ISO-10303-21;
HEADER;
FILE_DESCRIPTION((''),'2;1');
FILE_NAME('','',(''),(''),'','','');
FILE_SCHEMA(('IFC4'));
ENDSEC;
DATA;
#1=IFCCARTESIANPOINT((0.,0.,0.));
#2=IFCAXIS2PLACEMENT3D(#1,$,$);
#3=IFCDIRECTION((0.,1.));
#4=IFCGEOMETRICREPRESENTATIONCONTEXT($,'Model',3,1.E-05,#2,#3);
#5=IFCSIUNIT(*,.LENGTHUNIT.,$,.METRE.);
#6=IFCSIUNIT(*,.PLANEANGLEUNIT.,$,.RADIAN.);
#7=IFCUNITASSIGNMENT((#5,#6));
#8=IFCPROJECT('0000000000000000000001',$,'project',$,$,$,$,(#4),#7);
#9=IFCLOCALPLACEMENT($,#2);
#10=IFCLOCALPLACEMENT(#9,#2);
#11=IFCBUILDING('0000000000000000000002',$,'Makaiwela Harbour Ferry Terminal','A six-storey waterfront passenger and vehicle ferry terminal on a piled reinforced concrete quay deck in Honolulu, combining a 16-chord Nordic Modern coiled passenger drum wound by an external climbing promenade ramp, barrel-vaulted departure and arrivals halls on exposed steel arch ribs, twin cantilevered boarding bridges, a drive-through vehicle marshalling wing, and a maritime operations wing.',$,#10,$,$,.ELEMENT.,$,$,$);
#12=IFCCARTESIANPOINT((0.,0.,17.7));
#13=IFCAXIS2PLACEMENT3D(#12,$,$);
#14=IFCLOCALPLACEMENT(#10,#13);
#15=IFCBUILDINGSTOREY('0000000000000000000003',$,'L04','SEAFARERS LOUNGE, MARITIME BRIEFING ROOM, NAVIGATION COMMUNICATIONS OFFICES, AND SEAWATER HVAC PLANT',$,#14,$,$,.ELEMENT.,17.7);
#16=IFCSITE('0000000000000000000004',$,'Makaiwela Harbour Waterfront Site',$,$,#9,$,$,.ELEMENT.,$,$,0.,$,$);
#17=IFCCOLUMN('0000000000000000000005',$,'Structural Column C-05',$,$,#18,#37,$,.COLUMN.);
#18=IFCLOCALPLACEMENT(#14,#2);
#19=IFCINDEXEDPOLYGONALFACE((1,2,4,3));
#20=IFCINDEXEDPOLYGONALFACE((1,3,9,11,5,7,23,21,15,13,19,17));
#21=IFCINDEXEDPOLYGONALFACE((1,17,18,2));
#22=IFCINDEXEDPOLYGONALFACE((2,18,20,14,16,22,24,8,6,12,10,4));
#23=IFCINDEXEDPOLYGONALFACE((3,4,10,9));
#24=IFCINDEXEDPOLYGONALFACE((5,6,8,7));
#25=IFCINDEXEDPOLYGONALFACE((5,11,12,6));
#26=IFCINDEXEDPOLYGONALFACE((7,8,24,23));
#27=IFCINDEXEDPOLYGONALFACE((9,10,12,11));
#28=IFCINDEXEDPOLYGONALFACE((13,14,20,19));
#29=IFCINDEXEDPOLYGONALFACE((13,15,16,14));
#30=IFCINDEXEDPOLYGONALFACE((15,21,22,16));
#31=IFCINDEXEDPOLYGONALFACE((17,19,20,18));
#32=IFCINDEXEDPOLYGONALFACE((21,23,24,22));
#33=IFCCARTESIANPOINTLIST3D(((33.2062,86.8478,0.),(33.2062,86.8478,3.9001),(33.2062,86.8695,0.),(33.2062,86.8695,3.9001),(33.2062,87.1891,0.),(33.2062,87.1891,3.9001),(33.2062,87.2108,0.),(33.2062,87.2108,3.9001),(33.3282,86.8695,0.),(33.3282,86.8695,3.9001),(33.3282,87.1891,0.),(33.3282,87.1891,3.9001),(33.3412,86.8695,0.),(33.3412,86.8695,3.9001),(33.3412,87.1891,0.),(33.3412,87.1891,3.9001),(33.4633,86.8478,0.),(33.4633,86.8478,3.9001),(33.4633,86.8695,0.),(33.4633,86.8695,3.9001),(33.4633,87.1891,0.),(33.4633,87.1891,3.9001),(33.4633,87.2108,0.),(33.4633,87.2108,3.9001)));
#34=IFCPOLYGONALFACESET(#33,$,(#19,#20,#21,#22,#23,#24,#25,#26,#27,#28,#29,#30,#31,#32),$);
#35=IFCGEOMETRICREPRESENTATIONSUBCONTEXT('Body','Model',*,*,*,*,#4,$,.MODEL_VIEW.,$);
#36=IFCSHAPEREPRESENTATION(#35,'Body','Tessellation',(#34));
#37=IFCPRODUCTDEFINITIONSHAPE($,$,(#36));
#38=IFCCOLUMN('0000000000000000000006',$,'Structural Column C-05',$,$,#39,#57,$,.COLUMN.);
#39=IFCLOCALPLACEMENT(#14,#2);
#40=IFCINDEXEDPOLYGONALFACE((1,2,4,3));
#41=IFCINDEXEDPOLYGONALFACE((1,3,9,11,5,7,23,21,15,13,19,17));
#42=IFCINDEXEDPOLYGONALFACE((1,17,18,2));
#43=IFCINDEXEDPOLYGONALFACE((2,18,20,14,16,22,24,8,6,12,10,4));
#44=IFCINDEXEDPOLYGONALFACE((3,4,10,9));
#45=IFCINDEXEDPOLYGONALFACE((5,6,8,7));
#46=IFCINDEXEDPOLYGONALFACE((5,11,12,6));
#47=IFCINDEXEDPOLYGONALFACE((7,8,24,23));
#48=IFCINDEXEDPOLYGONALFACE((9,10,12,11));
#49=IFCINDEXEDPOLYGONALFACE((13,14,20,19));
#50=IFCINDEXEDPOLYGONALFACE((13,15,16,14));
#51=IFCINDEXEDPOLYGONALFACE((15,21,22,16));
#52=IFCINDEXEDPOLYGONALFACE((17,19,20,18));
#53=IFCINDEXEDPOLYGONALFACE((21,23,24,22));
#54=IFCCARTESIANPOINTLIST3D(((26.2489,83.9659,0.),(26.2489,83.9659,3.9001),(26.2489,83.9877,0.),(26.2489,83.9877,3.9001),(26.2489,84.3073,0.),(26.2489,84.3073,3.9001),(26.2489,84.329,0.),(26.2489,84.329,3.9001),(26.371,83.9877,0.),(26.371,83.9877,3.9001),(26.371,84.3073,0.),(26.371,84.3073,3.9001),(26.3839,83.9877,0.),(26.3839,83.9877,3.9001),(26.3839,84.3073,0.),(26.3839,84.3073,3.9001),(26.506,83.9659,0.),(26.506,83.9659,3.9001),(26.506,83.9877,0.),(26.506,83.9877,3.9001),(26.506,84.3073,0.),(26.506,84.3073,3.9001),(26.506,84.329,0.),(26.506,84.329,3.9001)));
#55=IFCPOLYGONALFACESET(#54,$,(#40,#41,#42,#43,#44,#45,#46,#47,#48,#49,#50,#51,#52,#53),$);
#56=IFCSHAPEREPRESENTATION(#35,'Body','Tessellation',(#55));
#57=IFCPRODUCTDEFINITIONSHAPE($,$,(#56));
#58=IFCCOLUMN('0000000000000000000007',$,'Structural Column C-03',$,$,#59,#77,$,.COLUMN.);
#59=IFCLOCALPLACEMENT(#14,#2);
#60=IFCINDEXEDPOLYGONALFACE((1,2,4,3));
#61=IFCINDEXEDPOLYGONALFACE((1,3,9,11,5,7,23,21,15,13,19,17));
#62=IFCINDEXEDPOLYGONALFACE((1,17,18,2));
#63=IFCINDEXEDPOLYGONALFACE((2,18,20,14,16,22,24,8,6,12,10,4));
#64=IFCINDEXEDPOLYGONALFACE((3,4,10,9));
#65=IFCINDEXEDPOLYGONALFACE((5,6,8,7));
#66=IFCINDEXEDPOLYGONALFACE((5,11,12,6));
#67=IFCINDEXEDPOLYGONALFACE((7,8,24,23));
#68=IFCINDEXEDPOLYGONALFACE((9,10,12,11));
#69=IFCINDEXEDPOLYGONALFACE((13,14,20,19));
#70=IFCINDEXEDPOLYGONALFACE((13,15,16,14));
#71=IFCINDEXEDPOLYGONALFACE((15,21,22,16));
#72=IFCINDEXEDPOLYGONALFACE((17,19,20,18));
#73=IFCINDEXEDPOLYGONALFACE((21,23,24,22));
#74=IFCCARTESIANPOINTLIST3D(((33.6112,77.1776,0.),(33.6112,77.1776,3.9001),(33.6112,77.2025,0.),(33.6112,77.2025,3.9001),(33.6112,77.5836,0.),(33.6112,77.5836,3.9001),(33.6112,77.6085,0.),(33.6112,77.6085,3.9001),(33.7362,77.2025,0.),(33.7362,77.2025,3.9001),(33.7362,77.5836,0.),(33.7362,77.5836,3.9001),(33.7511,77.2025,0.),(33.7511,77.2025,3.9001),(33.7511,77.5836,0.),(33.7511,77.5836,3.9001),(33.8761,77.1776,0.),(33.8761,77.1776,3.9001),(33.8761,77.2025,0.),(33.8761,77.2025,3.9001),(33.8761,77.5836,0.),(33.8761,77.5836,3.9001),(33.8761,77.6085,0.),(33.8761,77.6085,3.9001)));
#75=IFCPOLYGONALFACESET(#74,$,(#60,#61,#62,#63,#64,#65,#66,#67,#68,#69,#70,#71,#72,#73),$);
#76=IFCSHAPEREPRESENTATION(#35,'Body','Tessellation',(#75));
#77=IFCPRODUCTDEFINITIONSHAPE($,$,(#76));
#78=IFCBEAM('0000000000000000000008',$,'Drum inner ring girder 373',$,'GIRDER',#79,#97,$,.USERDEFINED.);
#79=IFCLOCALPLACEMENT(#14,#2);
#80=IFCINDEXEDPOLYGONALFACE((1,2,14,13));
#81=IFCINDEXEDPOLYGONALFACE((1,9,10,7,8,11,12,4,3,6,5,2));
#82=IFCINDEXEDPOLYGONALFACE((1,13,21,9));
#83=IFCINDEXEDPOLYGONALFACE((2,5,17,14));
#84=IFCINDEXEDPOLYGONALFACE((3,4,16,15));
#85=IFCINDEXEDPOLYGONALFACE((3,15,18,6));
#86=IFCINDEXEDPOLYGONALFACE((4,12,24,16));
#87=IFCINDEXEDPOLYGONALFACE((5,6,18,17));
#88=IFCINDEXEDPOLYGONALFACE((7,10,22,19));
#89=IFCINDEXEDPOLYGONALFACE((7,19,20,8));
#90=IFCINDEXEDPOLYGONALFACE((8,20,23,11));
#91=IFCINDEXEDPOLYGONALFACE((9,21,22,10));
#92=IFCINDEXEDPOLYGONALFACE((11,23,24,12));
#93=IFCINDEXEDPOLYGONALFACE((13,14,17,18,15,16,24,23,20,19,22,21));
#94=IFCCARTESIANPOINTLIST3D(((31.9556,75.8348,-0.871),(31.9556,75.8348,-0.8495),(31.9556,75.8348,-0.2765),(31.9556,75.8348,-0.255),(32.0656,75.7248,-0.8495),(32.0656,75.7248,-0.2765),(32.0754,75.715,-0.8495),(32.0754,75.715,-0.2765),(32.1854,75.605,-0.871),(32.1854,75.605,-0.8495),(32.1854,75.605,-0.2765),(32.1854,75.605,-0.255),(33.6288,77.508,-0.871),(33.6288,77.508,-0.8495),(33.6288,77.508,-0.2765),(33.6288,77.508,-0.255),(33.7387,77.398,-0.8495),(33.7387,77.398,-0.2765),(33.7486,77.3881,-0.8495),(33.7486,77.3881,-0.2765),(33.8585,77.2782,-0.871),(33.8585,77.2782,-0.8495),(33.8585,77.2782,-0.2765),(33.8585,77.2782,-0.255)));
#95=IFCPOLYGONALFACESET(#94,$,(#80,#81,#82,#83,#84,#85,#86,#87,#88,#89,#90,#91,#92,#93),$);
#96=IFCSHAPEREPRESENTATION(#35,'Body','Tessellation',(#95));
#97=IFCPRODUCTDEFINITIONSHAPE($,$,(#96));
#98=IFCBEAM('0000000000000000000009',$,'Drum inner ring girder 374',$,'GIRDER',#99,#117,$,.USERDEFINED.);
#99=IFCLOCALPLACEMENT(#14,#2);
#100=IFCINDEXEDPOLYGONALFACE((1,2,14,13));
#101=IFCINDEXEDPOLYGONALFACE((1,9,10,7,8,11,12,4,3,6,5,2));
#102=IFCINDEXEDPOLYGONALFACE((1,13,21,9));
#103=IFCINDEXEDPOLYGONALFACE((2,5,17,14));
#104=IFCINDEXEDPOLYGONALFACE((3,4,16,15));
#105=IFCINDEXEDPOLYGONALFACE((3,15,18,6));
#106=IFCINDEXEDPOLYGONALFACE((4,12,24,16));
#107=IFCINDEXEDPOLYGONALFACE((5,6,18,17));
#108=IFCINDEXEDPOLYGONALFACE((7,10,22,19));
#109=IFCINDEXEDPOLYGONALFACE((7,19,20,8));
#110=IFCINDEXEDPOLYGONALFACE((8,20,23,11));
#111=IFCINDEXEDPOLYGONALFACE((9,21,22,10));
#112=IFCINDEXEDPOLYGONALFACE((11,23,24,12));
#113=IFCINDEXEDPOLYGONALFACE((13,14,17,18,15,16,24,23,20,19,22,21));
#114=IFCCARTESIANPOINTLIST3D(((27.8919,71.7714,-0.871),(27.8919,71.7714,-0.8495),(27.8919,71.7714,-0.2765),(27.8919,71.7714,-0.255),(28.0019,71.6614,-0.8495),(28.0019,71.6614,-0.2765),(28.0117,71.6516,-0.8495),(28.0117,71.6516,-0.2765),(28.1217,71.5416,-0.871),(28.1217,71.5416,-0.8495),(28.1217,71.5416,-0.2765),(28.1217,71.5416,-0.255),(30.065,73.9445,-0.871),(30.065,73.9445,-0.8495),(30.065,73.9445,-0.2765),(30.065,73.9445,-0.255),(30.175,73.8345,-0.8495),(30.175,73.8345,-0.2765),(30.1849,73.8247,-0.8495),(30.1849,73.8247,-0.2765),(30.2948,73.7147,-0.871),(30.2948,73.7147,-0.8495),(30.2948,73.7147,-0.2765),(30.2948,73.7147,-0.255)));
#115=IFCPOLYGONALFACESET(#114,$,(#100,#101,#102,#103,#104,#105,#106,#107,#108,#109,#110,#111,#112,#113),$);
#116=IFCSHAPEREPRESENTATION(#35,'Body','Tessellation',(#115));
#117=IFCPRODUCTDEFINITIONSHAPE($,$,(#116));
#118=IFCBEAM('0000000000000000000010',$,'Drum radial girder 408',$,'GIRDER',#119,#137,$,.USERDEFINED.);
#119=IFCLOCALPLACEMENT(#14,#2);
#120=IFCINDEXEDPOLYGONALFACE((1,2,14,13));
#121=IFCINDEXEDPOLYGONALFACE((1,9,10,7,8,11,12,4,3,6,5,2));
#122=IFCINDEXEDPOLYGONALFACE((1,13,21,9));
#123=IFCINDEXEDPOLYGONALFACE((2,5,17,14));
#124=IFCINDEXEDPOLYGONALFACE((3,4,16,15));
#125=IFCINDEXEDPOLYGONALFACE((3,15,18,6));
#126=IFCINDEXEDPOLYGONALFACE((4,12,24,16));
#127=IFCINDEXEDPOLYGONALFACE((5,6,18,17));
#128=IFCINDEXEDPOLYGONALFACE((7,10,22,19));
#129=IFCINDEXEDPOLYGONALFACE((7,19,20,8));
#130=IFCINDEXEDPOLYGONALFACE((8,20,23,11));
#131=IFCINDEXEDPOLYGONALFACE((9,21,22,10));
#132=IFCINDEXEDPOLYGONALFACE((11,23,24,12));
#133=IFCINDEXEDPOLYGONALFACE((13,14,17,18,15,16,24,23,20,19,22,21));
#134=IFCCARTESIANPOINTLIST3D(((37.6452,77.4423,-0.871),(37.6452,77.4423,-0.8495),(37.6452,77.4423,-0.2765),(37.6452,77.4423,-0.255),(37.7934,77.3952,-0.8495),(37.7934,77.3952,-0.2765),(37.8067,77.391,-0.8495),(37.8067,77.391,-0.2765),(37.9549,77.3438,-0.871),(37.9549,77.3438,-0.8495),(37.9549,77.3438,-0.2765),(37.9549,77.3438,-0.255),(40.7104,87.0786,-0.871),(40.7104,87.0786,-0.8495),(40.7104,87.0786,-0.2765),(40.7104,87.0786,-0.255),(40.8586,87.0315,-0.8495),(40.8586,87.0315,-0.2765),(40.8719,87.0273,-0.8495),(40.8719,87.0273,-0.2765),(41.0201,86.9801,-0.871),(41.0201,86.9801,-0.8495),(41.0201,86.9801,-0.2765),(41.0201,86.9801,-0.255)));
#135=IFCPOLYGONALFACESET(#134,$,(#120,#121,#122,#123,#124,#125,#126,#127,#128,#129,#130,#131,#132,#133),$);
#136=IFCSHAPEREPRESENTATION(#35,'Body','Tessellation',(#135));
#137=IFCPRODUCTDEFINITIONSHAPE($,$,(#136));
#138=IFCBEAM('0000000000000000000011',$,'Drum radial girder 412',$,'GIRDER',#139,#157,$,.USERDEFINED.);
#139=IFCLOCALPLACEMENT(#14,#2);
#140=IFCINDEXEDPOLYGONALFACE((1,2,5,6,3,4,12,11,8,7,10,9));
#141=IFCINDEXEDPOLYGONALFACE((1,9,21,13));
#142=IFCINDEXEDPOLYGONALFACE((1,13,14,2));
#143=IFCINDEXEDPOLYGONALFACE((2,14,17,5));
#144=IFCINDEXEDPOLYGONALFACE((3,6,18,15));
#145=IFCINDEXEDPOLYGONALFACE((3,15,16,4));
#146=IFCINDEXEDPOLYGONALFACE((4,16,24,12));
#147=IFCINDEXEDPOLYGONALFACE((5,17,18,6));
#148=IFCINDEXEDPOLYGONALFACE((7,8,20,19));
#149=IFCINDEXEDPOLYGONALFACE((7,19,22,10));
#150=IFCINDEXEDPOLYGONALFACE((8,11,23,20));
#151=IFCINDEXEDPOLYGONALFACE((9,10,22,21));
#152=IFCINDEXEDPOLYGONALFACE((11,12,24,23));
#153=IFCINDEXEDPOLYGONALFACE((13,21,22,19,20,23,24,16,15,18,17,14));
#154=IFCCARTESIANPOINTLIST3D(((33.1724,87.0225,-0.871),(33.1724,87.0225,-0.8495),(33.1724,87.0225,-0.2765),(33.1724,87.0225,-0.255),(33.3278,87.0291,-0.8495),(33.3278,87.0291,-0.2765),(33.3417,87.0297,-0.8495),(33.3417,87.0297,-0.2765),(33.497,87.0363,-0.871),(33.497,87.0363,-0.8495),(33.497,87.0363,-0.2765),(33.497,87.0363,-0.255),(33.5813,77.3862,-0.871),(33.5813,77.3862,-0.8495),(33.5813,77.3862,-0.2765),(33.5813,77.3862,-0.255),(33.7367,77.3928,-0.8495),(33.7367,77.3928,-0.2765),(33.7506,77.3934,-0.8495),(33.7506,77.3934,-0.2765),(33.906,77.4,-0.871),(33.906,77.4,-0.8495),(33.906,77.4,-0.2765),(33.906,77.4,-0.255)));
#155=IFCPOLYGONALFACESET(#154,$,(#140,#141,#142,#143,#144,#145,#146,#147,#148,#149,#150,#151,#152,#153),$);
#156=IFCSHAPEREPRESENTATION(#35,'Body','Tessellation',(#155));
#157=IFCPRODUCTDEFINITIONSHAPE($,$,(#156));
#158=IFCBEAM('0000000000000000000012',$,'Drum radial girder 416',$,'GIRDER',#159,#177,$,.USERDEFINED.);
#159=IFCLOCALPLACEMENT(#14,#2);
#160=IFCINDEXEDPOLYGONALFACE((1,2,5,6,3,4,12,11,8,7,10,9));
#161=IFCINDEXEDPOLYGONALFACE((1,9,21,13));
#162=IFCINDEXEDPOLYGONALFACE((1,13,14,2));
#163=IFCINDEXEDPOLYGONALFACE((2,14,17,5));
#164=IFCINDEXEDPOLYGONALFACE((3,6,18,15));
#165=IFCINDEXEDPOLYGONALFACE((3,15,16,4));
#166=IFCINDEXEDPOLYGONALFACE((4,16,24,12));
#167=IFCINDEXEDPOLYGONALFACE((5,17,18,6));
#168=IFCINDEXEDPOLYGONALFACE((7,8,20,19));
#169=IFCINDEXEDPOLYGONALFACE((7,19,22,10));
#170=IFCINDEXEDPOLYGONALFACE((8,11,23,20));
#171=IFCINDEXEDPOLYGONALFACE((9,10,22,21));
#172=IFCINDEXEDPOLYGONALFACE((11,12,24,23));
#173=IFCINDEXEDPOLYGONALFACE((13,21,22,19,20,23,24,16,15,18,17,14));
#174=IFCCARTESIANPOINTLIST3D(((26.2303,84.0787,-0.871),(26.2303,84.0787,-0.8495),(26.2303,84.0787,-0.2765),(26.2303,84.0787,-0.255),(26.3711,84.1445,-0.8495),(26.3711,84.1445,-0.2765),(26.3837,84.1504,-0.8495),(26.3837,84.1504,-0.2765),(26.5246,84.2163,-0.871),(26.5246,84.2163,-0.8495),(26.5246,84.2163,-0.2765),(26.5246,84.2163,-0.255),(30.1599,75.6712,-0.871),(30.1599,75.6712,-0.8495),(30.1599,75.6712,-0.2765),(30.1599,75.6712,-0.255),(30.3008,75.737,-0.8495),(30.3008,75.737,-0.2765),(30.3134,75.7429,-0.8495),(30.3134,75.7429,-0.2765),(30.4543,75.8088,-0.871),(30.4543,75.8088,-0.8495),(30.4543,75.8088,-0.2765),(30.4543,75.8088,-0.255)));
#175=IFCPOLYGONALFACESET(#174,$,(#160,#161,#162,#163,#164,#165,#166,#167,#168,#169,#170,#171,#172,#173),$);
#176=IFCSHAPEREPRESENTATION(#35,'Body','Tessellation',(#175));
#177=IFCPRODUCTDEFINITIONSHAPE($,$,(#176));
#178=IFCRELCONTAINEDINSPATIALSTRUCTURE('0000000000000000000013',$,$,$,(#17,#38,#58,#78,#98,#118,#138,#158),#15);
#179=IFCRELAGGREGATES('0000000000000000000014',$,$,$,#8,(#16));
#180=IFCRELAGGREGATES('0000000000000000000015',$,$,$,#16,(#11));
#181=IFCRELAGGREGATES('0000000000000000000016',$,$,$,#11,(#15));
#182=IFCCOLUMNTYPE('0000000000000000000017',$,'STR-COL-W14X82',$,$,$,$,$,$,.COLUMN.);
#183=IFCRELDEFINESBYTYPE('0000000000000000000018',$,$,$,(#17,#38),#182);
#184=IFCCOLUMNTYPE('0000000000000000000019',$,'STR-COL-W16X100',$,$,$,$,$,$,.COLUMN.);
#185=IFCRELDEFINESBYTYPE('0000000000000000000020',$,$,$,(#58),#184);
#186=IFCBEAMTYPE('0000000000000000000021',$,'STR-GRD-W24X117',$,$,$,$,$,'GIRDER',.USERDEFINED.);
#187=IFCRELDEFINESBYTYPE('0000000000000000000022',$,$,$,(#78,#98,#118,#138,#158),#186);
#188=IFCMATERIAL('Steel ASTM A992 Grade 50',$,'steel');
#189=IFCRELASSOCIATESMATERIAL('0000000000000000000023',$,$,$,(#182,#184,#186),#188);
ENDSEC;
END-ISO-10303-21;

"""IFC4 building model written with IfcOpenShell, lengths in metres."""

from ifc_helpers import new_model, si_unit, direction, frame, origin, origin_2d, place, context, subcontext, project, spatial, i_section, extrude, material, material_profile, profile_set, type_object, element, save


model = new_model("IFC4")

# Units and contexts
model_context = context("Model", 3, precision=1e-05, world=origin(), true_north=direction((0.0, 1.0)))
body_context = subcontext(model_context, "Body", "Model", "MODEL_VIEW")
ifc_project = project(units=[si_unit("LENGTHUNIT", "METRE"), si_unit("PLANEANGLEUNIT", "RADIAN")], contexts=[model_context])

# Site, building, storey
site_placement = place(None, origin())
site = spatial("IfcSite", under=ifc_project, at=site_placement, Name="Makaiwela Harbour Waterfront Site", CompositionType="ELEMENT", RefElevation=0.0)
building_placement = place(site_placement, origin())
building = spatial("IfcBuilding", under=site, at=building_placement, Name="Makaiwela Harbour Ferry Terminal", Description="A six-storey waterfront passenger and vehicle ferry terminal on a piled reinforced concrete quay deck in Honolulu, combining a 16-chord Nordic Modern coiled passenger drum wound by an external climbing promenade ramp, barrel-vaulted departure and arrivals halls on exposed steel arch ribs, twin cantilevered boarding bridges, a drive-through vehicle marshalling wing, and a maritime operations wing.", CompositionType="ELEMENT")
storey_placement = place(building_placement, frame((0.0, 0.0, 17.7)))
storey = spatial("IfcBuildingStorey", under=building, at=storey_placement, Name="L04", Description="SEAFARERS LOUNGE, MARITIME BRIEFING ROOM, NAVIGATION COMMUNICATIONS OFFICES, AND SEAWATER HVAC PLANT", CompositionType="ELEMENT", Elevation=17.7)

# Columns
ifc_material_1 = material(Name="Steel ASTM A992 Grade 50", Category="steel")
ifc_material_profile_1 = material_profile(ifc_material_1, i_section(OverallWidth=0.2571, OverallDepth=0.363, WebThickness=0.0129, FlangeThickness=0.0217, at=origin_2d()), Name="W14X82")
ifc_profile_set_1 = profile_set([ifc_material_profile_1], Name="Steel ASTM A992 Grade 50")
column_type_1 = type_object("IfcColumnType", Name="STR-COL-W14X82", PredefinedType="COLUMN", material=ifc_profile_set_1)
for number, where, z_axis, x_axis, name in (
    (1, (33.3347, 87.0293, 0.0), (0.0, 0.0, 1.0), (1.0, 0.0, 0.0), "Structural Column C-05"),
    (2, (26.3774, 84.1475, 0.0), (0.0, 0.0, 1.0), (1.0, 0.0, 0.0), "Structural Column C-05"),
):
    element("IfcColumn", number, at=place(storey_placement, frame(where, z_axis=z_axis, x_axis=x_axis)), inside=storey, type_object=column_type_1, Name=name, PredefinedType="COLUMN", context=body_context, shape_type="SweptSolid", body=[
        extrude(i_section(OverallWidth=0.2571, OverallDepth=0.363, WebThickness=0.0129, FlangeThickness=0.0217, at=origin_2d()), origin(), (0.0, 0.0, 1.0), 3.9001),
    ])
ifc_material_profile_2 = material_profile(ifc_material_1, i_section(OverallWidth=0.2649, OverallDepth=0.4309, WebThickness=0.0149, FlangeThickness=0.0249, at=origin_2d()), Name="W16X100")
ifc_profile_set_2 = profile_set([ifc_material_profile_2], Name="Steel ASTM A992 Grade 50")
column_type_2 = type_object("IfcColumnType", Name="STR-COL-W16X100", PredefinedType="COLUMN", material=ifc_profile_set_2)
column_placement = place(storey_placement, frame((33.7437, 77.3931, 0.0), z_axis=(0.0, 0.0, 1.0), x_axis=(1.0, 0.0, 0.0)))
element("IfcColumn", 3, at=column_placement, inside=storey, type_object=column_type_2, Name="Structural Column C-03", PredefinedType="COLUMN", context=body_context, shape_type="SweptSolid", body=[
    extrude(i_section(OverallWidth=0.2649, OverallDepth=0.4309, WebThickness=0.0149, FlangeThickness=0.0249, at=origin_2d()), origin(), (0.0, 0.0, 1.0), 3.9001),
])

# Beams
ifc_material_profile_3 = material_profile(ifc_material_1, i_section(OverallWidth=0.325, OverallDepth=0.616, WebThickness=0.0139, FlangeThickness=0.0215, at=origin_2d()), Name="W24X117")
ifc_profile_set_3 = profile_set([ifc_material_profile_3], Name="Steel ASTM A992 Grade 50")
beam_type_1 = type_object("IfcBeamType", Name="STR-GRD-W24X117", ElementType="GIRDER", PredefinedType="USERDEFINED", material=ifc_profile_set_3)
beam_1_placement = place(storey_placement, frame((33.7437, 77.3931, -0.563), z_axis=(-0.707107, -0.707107, 0.0), x_axis=(0.707107, -0.707107, 0.0)))
element("IfcBeam", 4, at=beam_1_placement, inside=storey, type_object=beam_type_1, Name="Drum inner ring girder 373", ObjectType="GIRDER", PredefinedType="USERDEFINED", context=body_context, shape_type="SweptSolid", body=[
    extrude(i_section(OverallWidth=0.325, OverallDepth=0.616, WebThickness=0.0139, FlangeThickness=0.0215, at=origin_2d()), origin(), (0.0, 0.0, 1.0), 2.3662),
])
beam_2_placement = place(storey_placement, frame((30.1799, 73.8296, -0.563), z_axis=(-0.707107, -0.707107, 0.0), x_axis=(0.707107, -0.707107, 0.0)))
element("IfcBeam", 5, at=beam_2_placement, inside=storey, type_object=beam_type_1, Name="Drum inner ring girder 374", ObjectType="GIRDER", PredefinedType="USERDEFINED", context=body_context, shape_type="SweptSolid", body=[
    extrude(i_section(OverallWidth=0.325, OverallDepth=0.616, WebThickness=0.0139, FlangeThickness=0.0215, at=origin_2d()), origin(), (0.0, 0.0, 1.0), 3.0732),
])
beam_3_placement = place(storey_placement, frame((37.8, 77.3931, -0.563), z_axis=(0.303124, 0.952951, 0.0), x_axis=(-0.952951, 0.303124, 0.0)))
element("IfcBeam", 6, at=beam_3_placement, inside=storey, type_object=beam_type_1, Name="Drum radial girder 408", ObjectType="GIRDER", PredefinedType="USERDEFINED", context=body_context, shape_type="SweptSolid", body=[
    extrude(i_section(OverallWidth=0.325, OverallDepth=0.616, WebThickness=0.0139, FlangeThickness=0.0215, at=origin_2d()), origin(), (0.0, 0.0, 1.0), 10.1121),
])
beam_4_placement = place(storey_placement, frame((33.7437, 77.3931, -0.563), z_axis=(-0.042399, 0.999101, 0.0), x_axis=(-0.999101, -0.042399, 0.0)))
element("IfcBeam", 7, at=beam_4_placement, inside=storey, type_object=beam_type_1, Name="Drum radial girder 412", ObjectType="GIRDER", PredefinedType="USERDEFINED", context=body_context, shape_type="SweptSolid", body=[
    extrude(i_section(OverallWidth=0.325, OverallDepth=0.616, WebThickness=0.0139, FlangeThickness=0.0215, at=origin_2d()), origin(), (0.0, 0.0, 1.0), 9.645),
])
beam_5_placement = place(storey_placement, frame((30.3071, 75.74, -0.563), z_axis=(-0.423434, 0.905927, 0.0), x_axis=(-0.905927, -0.423434, 0.0)))
element("IfcBeam", 8, at=beam_5_placement, inside=storey, type_object=beam_type_1, Name="Drum radial girder 416", ObjectType="GIRDER", PredefinedType="USERDEFINED", context=body_context, shape_type="SweptSolid", body=[
    extrude(i_section(OverallWidth=0.325, OverallDepth=0.616, WebThickness=0.0139, FlangeThickness=0.0215, at=origin_2d()), origin(), (0.0, 0.0, 1.0), 9.2805),
])

save(model, "model.ifc")
